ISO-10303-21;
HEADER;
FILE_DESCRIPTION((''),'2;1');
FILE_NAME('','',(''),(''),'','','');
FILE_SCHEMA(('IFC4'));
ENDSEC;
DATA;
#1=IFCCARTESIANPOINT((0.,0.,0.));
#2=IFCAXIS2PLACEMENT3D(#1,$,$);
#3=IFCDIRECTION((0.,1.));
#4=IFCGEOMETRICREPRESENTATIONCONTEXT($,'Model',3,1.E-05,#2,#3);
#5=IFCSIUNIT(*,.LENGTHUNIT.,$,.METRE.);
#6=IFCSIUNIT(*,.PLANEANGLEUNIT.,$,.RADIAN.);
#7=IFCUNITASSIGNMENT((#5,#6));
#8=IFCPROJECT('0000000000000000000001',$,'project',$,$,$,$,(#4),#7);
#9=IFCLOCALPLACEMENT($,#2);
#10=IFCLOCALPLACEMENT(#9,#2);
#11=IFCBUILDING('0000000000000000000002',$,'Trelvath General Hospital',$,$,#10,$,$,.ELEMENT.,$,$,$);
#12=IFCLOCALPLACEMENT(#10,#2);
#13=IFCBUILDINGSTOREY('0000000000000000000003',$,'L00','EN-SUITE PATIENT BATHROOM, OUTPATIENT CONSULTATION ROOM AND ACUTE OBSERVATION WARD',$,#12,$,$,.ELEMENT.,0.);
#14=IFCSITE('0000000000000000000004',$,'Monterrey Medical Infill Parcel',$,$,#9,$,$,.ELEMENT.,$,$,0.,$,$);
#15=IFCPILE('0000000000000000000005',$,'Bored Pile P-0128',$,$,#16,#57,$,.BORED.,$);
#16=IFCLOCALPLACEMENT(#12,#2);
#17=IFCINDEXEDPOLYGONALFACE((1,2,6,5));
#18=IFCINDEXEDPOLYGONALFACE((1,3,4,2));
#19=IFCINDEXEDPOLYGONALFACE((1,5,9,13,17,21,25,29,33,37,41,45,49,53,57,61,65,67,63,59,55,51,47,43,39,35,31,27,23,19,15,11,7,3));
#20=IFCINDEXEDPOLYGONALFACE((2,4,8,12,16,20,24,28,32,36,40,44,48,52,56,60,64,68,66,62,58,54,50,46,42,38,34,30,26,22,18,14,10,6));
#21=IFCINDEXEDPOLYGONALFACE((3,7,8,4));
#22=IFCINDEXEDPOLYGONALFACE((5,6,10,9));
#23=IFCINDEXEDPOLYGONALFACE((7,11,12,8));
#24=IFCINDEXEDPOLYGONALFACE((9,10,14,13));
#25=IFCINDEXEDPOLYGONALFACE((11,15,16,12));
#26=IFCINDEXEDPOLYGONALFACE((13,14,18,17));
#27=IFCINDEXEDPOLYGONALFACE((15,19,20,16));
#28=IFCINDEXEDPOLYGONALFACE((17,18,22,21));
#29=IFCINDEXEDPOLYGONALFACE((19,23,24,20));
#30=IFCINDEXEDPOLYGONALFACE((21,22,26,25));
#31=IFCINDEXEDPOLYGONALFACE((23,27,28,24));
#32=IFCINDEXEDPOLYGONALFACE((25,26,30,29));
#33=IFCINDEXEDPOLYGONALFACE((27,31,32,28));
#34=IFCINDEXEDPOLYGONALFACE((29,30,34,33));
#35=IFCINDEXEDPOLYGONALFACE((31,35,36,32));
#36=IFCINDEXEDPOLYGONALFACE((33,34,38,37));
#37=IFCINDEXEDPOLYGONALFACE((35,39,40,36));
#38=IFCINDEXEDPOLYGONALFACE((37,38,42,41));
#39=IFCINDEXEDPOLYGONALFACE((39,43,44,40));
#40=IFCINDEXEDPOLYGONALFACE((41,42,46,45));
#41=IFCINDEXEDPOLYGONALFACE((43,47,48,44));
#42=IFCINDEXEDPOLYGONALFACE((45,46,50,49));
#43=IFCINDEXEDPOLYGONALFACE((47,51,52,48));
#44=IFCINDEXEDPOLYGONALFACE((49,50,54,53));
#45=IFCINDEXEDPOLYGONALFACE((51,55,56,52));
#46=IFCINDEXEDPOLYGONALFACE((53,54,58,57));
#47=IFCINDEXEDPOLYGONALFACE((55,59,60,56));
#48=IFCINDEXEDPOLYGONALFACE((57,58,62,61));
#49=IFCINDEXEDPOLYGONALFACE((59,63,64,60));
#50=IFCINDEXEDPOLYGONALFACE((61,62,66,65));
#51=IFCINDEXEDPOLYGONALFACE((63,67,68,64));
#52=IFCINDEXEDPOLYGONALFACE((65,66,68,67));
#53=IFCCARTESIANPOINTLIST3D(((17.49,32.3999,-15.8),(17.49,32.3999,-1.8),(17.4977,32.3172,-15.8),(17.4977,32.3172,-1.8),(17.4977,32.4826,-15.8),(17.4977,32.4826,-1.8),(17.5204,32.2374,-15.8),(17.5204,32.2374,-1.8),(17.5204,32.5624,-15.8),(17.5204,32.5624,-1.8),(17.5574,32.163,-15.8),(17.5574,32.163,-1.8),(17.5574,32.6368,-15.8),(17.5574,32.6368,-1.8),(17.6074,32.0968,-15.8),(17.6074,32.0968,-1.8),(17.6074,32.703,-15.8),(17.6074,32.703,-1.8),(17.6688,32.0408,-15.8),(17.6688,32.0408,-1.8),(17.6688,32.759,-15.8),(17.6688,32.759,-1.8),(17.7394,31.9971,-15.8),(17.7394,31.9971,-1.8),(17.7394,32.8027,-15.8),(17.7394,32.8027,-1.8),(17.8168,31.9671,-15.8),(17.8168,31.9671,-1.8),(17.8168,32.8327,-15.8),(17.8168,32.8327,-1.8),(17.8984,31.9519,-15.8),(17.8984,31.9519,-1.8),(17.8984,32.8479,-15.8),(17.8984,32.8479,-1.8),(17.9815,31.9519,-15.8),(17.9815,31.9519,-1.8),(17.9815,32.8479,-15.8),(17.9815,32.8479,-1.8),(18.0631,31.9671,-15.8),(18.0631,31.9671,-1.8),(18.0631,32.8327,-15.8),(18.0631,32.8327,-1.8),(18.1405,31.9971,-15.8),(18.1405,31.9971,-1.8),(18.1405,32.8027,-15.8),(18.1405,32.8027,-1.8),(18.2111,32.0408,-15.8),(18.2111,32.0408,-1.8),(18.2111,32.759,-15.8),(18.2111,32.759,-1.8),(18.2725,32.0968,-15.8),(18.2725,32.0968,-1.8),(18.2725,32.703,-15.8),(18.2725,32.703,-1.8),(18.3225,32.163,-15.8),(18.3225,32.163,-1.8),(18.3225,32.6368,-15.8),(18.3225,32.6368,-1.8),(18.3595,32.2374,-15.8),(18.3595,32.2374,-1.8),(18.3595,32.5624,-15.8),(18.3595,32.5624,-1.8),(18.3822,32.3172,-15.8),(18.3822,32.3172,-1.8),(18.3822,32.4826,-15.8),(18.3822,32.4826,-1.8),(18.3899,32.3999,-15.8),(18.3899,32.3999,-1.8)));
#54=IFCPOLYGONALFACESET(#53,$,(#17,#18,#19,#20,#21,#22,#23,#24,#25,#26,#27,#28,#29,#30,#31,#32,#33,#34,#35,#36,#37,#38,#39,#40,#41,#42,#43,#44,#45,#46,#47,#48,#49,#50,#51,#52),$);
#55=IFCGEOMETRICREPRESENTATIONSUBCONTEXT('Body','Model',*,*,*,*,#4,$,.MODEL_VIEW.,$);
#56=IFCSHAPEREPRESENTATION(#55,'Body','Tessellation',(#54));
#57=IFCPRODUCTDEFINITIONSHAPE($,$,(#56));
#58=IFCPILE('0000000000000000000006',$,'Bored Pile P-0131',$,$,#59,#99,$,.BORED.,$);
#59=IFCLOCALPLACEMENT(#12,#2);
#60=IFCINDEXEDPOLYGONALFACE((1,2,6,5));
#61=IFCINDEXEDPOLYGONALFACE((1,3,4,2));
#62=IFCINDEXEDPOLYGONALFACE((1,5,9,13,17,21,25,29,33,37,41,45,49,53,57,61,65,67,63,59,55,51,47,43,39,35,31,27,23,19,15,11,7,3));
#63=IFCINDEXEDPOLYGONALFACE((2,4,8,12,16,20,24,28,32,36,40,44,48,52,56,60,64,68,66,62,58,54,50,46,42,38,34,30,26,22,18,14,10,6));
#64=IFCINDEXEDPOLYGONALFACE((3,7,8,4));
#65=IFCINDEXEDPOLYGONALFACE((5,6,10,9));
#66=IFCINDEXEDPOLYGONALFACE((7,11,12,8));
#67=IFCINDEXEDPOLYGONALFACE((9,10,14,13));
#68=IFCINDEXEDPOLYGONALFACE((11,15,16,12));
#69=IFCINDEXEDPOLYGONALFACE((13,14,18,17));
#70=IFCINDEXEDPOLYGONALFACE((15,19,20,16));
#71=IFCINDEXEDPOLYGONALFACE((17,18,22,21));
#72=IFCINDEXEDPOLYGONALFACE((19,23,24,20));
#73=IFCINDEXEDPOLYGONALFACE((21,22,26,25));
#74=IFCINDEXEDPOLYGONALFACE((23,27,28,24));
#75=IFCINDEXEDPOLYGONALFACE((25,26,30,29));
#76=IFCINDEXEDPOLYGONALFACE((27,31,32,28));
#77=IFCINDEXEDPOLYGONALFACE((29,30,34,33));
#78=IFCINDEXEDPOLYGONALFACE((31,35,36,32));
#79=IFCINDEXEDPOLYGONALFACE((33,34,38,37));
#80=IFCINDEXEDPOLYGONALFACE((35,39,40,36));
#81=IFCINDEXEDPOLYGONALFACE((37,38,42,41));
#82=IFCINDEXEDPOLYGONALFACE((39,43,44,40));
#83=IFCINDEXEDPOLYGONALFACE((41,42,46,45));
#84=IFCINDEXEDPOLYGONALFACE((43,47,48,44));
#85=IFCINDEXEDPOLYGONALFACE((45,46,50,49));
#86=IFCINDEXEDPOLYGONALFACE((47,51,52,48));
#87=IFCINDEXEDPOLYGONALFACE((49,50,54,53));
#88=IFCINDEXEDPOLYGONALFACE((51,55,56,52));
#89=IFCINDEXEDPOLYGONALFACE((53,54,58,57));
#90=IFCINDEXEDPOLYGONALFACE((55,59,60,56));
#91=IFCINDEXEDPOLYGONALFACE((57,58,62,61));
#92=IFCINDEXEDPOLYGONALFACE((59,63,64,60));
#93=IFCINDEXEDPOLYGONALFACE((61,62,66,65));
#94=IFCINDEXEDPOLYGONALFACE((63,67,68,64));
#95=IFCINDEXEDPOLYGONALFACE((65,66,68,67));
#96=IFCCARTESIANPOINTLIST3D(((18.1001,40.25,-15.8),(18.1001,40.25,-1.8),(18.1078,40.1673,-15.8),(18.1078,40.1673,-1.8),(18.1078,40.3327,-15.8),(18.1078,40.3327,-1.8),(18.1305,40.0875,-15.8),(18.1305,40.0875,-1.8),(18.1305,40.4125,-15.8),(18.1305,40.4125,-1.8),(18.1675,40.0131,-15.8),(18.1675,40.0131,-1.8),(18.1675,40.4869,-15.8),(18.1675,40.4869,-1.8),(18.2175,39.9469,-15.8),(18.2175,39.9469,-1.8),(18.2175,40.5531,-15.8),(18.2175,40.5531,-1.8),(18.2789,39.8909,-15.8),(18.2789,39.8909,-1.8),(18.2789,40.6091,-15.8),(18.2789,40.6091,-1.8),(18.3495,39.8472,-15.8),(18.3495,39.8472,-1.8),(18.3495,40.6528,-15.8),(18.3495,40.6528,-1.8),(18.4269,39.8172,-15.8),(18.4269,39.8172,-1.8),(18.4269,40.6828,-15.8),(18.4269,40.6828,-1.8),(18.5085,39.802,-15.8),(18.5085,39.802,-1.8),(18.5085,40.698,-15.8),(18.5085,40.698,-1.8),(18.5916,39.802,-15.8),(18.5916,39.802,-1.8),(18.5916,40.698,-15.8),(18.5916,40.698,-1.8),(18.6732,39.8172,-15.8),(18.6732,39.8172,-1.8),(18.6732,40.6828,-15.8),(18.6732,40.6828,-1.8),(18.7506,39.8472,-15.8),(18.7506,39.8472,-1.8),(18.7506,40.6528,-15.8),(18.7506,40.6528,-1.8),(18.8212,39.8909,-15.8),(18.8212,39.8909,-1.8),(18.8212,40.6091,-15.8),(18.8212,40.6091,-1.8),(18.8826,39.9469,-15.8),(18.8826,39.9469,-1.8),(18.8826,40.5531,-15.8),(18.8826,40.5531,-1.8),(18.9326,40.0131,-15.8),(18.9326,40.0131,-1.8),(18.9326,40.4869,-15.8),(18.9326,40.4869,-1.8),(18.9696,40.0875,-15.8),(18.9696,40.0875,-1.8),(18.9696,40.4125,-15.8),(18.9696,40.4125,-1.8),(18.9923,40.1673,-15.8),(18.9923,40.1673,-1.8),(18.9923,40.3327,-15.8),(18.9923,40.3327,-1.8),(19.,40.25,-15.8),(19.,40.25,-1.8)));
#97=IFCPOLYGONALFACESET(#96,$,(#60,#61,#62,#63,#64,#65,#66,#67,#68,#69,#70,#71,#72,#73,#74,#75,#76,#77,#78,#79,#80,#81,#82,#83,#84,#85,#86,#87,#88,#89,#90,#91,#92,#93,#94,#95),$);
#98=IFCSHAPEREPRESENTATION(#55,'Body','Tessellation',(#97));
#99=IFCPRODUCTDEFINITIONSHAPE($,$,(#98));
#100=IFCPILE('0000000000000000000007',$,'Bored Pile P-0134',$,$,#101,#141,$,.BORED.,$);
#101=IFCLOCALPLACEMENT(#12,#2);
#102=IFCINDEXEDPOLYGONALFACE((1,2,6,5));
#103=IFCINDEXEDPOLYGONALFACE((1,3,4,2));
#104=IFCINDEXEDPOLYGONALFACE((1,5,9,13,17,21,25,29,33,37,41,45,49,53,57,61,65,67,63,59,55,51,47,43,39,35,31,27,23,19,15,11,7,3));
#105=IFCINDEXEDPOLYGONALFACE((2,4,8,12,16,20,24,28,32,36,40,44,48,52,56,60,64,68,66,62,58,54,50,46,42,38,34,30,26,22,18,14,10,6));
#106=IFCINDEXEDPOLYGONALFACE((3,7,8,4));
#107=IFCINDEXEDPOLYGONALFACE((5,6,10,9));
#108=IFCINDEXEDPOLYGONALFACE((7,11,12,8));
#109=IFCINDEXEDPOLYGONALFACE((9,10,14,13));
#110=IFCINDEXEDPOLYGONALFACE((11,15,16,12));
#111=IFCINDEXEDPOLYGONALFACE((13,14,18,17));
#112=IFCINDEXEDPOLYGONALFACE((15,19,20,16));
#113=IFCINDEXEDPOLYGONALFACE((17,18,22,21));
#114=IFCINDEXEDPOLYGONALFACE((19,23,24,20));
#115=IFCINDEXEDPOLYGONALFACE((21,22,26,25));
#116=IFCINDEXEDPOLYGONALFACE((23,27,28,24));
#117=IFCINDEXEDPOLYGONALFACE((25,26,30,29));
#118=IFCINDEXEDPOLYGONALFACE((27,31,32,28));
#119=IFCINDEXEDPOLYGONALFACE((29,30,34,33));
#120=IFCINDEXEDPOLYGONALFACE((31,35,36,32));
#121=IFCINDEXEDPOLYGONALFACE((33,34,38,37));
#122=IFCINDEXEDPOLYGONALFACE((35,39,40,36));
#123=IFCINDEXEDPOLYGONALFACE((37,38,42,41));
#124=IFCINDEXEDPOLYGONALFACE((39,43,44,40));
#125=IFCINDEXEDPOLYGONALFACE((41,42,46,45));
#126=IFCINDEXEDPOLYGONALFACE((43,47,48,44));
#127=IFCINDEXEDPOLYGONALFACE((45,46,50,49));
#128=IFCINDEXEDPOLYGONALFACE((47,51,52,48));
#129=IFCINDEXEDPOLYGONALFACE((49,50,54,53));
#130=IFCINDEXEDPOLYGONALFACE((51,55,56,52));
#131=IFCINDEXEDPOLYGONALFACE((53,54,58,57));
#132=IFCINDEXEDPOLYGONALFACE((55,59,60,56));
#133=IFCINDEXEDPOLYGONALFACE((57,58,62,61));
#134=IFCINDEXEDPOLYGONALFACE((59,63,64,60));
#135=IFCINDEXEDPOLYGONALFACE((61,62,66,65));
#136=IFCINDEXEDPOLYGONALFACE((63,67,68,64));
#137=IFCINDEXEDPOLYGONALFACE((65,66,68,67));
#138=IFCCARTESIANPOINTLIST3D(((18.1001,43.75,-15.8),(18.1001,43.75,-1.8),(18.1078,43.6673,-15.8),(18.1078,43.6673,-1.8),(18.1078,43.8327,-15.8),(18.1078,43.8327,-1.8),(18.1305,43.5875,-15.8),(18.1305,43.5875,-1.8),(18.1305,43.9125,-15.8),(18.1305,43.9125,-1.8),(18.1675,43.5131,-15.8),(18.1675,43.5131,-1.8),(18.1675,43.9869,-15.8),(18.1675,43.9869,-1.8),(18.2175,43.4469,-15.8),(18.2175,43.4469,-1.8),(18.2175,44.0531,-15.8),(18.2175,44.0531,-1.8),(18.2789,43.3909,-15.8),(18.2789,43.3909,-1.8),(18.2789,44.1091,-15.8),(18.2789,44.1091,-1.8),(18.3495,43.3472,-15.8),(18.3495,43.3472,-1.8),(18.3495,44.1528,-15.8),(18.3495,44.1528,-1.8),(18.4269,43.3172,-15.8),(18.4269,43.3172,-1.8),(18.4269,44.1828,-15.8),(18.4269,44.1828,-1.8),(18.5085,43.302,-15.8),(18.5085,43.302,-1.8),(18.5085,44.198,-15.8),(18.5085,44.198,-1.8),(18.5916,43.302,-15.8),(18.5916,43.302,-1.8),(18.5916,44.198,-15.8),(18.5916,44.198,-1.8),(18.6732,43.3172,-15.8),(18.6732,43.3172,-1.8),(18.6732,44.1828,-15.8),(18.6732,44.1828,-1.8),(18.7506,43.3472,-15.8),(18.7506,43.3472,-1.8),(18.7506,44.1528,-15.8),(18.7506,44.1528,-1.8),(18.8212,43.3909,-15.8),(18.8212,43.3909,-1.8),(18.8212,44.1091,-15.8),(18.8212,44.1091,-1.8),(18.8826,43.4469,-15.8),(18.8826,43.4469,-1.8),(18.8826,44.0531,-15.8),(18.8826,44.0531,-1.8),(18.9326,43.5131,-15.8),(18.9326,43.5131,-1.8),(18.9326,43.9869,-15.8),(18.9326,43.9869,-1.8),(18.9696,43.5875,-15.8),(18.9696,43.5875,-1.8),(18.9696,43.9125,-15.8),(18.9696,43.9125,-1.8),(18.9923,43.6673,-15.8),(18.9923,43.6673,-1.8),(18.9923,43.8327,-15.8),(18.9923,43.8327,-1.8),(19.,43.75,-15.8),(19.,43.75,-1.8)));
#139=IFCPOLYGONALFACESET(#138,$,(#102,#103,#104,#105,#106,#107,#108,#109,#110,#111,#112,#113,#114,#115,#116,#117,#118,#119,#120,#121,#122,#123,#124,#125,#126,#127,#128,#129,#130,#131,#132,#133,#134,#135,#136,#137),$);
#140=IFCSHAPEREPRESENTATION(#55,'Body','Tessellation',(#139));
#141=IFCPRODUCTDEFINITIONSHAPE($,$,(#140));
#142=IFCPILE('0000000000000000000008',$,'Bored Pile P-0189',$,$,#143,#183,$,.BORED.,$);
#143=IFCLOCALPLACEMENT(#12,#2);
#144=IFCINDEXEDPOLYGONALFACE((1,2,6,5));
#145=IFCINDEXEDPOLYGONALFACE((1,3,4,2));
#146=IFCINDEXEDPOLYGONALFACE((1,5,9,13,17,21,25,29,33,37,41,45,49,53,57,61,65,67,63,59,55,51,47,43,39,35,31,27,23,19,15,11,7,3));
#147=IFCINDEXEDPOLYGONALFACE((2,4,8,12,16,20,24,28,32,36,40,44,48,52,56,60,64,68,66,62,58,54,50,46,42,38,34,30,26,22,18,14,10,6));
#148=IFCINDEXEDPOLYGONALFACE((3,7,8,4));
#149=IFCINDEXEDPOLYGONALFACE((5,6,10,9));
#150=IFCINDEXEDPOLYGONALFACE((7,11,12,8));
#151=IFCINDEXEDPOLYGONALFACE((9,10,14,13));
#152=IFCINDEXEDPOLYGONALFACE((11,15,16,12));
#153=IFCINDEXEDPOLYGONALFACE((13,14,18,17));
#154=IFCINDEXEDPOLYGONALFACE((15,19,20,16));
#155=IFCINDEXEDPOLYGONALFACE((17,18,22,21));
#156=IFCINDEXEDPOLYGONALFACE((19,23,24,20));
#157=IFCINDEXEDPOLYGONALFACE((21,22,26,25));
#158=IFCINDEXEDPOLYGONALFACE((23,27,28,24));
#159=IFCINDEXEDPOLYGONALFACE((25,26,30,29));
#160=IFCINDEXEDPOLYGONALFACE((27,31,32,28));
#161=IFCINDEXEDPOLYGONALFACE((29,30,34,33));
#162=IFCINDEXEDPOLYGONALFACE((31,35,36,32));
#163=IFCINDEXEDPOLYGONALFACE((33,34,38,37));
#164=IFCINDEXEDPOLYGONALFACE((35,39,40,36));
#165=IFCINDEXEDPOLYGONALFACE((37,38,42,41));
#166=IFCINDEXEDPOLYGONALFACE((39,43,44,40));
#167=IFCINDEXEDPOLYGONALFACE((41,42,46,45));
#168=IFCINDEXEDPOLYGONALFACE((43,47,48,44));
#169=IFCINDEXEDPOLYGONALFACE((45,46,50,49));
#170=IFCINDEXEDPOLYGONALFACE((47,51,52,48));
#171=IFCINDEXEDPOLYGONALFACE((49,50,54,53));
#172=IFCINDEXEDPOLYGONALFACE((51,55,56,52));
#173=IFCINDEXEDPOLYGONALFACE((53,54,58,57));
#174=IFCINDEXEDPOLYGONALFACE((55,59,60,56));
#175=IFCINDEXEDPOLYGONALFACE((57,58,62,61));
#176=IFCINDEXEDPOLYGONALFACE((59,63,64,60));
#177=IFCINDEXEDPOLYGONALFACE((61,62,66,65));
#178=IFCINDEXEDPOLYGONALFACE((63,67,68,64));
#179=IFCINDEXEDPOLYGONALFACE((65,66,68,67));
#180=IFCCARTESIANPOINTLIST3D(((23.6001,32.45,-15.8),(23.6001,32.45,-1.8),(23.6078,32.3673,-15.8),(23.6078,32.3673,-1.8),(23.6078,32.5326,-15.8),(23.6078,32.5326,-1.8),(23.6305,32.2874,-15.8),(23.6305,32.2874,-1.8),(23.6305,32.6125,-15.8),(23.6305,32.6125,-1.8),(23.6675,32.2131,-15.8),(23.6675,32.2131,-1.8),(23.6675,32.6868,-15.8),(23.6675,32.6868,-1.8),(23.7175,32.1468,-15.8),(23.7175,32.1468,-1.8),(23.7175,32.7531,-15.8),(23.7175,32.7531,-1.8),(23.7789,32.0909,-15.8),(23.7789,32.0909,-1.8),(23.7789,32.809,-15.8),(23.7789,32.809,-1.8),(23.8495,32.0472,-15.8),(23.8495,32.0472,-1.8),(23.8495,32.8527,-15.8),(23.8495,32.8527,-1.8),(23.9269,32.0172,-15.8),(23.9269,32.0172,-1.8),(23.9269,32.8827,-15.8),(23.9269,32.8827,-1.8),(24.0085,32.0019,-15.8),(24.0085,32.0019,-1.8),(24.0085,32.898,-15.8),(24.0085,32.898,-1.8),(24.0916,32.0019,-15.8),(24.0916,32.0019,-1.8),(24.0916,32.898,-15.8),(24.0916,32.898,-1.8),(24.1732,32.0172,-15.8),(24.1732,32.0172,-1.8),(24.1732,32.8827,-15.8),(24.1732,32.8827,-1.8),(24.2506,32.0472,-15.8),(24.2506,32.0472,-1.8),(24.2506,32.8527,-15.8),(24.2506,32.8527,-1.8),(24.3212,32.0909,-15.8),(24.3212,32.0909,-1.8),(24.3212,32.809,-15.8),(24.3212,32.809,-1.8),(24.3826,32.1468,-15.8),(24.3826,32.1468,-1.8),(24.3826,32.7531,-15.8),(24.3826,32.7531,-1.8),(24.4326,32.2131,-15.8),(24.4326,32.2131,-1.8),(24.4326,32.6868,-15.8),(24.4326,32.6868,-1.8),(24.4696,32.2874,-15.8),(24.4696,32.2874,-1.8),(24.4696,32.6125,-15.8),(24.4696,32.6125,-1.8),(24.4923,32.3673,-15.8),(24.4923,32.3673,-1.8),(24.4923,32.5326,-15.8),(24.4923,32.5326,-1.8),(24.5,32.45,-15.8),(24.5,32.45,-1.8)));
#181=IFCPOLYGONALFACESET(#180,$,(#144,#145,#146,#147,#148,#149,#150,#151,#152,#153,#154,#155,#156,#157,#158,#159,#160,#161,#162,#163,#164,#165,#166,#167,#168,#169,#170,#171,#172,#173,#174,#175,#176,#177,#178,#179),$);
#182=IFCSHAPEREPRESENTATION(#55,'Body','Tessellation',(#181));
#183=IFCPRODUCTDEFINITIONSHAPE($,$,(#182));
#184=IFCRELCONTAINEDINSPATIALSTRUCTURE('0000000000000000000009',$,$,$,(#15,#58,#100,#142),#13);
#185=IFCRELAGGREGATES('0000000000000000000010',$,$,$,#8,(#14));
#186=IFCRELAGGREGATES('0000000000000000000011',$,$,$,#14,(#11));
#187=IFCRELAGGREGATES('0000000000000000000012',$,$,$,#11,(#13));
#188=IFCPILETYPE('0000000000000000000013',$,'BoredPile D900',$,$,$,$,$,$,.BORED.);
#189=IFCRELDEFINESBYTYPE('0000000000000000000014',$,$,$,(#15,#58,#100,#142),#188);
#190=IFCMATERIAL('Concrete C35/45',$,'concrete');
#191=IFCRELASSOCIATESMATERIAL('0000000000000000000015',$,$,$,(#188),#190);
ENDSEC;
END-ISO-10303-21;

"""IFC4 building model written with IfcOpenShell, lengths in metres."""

from ifc_helpers import new_model, si_unit, direction, frame, origin, origin_2d, place, context, subcontext, project, spatial, circle, extrude, material, material_profile, profile_set, type_object, element, save


model = new_model("IFC4")

# Units and contexts
model_context = context("Model", 3, precision=1e-05, world=origin(), true_north=direction((0.0, 1.0)))
body_context = subcontext(model_context, "Body", "Model", "MODEL_VIEW")
ifc_project = project(units=[si_unit("LENGTHUNIT", "METRE"), si_unit("PLANEANGLEUNIT", "RADIAN")], contexts=[model_context])

# Site, building, storey
site_placement = place(None, origin())
site = spatial("IfcSite", under=ifc_project, at=site_placement, Name="Monterrey Medical Infill Parcel", CompositionType="ELEMENT", RefElevation=0.0)
building_placement = place(site_placement, origin())
building = spatial("IfcBuilding", under=site, at=building_placement, Name="Trelvath General Hospital", CompositionType="ELEMENT")
storey_placement = place(building_placement, origin())
storey = spatial("IfcBuildingStorey", under=building, at=storey_placement, Name="L00", Description="EN-SUITE PATIENT BATHROOM, OUTPATIENT CONSULTATION ROOM AND ACUTE OBSERVATION WARD", CompositionType="ELEMENT", Elevation=0.0)

# Piles
ifc_material_1 = material(Name="Concrete C35/45", Category="concrete")
ifc_material_profile_1 = material_profile(ifc_material_1, circle(Radius=0.45, at=origin_2d()), Name="PILE900")
ifc_profile_set_1 = profile_set([ifc_material_profile_1], Name="Concrete C35/45")
pile_type = type_object("IfcPileType", Name="BoredPile D900", PredefinedType="BORED", material=ifc_profile_set_1)
for number, where, z_axis, x_axis, name in (
    (1, (17.9399, 32.3999, -1.8), (0.0, 0.0, -1.0), (1.0, 0.0, 0.0), "Bored Pile P-0128"),
    (2, (18.55, 40.25, -1.8), (0.0, 0.0, -1.0), (1.0, 0.0, 0.0), "Bored Pile P-0131"),
    (3, (18.55, 43.75, -1.8), (0.0, 0.0, -1.0), (1.0, 0.0, 0.0), "Bored Pile P-0134"),
    (4, (24.05, 32.45, -1.8), (0.0, 0.0, -1.0), (1.0, 0.0, 0.0), "Bored Pile P-0189"),
):
    element("IfcPile", number, at=place(storey_placement, frame(where, z_axis=z_axis, x_axis=x_axis)), inside=storey, type_object=pile_type, Name=name, PredefinedType="BORED", context=body_context, shape_type="SweptSolid", body=[
        extrude(circle(Radius=0.45, at=origin_2d()), origin(), (0.0, 0.0, 1.0), 14.0),
    ])

save(model, "model.ifc")
